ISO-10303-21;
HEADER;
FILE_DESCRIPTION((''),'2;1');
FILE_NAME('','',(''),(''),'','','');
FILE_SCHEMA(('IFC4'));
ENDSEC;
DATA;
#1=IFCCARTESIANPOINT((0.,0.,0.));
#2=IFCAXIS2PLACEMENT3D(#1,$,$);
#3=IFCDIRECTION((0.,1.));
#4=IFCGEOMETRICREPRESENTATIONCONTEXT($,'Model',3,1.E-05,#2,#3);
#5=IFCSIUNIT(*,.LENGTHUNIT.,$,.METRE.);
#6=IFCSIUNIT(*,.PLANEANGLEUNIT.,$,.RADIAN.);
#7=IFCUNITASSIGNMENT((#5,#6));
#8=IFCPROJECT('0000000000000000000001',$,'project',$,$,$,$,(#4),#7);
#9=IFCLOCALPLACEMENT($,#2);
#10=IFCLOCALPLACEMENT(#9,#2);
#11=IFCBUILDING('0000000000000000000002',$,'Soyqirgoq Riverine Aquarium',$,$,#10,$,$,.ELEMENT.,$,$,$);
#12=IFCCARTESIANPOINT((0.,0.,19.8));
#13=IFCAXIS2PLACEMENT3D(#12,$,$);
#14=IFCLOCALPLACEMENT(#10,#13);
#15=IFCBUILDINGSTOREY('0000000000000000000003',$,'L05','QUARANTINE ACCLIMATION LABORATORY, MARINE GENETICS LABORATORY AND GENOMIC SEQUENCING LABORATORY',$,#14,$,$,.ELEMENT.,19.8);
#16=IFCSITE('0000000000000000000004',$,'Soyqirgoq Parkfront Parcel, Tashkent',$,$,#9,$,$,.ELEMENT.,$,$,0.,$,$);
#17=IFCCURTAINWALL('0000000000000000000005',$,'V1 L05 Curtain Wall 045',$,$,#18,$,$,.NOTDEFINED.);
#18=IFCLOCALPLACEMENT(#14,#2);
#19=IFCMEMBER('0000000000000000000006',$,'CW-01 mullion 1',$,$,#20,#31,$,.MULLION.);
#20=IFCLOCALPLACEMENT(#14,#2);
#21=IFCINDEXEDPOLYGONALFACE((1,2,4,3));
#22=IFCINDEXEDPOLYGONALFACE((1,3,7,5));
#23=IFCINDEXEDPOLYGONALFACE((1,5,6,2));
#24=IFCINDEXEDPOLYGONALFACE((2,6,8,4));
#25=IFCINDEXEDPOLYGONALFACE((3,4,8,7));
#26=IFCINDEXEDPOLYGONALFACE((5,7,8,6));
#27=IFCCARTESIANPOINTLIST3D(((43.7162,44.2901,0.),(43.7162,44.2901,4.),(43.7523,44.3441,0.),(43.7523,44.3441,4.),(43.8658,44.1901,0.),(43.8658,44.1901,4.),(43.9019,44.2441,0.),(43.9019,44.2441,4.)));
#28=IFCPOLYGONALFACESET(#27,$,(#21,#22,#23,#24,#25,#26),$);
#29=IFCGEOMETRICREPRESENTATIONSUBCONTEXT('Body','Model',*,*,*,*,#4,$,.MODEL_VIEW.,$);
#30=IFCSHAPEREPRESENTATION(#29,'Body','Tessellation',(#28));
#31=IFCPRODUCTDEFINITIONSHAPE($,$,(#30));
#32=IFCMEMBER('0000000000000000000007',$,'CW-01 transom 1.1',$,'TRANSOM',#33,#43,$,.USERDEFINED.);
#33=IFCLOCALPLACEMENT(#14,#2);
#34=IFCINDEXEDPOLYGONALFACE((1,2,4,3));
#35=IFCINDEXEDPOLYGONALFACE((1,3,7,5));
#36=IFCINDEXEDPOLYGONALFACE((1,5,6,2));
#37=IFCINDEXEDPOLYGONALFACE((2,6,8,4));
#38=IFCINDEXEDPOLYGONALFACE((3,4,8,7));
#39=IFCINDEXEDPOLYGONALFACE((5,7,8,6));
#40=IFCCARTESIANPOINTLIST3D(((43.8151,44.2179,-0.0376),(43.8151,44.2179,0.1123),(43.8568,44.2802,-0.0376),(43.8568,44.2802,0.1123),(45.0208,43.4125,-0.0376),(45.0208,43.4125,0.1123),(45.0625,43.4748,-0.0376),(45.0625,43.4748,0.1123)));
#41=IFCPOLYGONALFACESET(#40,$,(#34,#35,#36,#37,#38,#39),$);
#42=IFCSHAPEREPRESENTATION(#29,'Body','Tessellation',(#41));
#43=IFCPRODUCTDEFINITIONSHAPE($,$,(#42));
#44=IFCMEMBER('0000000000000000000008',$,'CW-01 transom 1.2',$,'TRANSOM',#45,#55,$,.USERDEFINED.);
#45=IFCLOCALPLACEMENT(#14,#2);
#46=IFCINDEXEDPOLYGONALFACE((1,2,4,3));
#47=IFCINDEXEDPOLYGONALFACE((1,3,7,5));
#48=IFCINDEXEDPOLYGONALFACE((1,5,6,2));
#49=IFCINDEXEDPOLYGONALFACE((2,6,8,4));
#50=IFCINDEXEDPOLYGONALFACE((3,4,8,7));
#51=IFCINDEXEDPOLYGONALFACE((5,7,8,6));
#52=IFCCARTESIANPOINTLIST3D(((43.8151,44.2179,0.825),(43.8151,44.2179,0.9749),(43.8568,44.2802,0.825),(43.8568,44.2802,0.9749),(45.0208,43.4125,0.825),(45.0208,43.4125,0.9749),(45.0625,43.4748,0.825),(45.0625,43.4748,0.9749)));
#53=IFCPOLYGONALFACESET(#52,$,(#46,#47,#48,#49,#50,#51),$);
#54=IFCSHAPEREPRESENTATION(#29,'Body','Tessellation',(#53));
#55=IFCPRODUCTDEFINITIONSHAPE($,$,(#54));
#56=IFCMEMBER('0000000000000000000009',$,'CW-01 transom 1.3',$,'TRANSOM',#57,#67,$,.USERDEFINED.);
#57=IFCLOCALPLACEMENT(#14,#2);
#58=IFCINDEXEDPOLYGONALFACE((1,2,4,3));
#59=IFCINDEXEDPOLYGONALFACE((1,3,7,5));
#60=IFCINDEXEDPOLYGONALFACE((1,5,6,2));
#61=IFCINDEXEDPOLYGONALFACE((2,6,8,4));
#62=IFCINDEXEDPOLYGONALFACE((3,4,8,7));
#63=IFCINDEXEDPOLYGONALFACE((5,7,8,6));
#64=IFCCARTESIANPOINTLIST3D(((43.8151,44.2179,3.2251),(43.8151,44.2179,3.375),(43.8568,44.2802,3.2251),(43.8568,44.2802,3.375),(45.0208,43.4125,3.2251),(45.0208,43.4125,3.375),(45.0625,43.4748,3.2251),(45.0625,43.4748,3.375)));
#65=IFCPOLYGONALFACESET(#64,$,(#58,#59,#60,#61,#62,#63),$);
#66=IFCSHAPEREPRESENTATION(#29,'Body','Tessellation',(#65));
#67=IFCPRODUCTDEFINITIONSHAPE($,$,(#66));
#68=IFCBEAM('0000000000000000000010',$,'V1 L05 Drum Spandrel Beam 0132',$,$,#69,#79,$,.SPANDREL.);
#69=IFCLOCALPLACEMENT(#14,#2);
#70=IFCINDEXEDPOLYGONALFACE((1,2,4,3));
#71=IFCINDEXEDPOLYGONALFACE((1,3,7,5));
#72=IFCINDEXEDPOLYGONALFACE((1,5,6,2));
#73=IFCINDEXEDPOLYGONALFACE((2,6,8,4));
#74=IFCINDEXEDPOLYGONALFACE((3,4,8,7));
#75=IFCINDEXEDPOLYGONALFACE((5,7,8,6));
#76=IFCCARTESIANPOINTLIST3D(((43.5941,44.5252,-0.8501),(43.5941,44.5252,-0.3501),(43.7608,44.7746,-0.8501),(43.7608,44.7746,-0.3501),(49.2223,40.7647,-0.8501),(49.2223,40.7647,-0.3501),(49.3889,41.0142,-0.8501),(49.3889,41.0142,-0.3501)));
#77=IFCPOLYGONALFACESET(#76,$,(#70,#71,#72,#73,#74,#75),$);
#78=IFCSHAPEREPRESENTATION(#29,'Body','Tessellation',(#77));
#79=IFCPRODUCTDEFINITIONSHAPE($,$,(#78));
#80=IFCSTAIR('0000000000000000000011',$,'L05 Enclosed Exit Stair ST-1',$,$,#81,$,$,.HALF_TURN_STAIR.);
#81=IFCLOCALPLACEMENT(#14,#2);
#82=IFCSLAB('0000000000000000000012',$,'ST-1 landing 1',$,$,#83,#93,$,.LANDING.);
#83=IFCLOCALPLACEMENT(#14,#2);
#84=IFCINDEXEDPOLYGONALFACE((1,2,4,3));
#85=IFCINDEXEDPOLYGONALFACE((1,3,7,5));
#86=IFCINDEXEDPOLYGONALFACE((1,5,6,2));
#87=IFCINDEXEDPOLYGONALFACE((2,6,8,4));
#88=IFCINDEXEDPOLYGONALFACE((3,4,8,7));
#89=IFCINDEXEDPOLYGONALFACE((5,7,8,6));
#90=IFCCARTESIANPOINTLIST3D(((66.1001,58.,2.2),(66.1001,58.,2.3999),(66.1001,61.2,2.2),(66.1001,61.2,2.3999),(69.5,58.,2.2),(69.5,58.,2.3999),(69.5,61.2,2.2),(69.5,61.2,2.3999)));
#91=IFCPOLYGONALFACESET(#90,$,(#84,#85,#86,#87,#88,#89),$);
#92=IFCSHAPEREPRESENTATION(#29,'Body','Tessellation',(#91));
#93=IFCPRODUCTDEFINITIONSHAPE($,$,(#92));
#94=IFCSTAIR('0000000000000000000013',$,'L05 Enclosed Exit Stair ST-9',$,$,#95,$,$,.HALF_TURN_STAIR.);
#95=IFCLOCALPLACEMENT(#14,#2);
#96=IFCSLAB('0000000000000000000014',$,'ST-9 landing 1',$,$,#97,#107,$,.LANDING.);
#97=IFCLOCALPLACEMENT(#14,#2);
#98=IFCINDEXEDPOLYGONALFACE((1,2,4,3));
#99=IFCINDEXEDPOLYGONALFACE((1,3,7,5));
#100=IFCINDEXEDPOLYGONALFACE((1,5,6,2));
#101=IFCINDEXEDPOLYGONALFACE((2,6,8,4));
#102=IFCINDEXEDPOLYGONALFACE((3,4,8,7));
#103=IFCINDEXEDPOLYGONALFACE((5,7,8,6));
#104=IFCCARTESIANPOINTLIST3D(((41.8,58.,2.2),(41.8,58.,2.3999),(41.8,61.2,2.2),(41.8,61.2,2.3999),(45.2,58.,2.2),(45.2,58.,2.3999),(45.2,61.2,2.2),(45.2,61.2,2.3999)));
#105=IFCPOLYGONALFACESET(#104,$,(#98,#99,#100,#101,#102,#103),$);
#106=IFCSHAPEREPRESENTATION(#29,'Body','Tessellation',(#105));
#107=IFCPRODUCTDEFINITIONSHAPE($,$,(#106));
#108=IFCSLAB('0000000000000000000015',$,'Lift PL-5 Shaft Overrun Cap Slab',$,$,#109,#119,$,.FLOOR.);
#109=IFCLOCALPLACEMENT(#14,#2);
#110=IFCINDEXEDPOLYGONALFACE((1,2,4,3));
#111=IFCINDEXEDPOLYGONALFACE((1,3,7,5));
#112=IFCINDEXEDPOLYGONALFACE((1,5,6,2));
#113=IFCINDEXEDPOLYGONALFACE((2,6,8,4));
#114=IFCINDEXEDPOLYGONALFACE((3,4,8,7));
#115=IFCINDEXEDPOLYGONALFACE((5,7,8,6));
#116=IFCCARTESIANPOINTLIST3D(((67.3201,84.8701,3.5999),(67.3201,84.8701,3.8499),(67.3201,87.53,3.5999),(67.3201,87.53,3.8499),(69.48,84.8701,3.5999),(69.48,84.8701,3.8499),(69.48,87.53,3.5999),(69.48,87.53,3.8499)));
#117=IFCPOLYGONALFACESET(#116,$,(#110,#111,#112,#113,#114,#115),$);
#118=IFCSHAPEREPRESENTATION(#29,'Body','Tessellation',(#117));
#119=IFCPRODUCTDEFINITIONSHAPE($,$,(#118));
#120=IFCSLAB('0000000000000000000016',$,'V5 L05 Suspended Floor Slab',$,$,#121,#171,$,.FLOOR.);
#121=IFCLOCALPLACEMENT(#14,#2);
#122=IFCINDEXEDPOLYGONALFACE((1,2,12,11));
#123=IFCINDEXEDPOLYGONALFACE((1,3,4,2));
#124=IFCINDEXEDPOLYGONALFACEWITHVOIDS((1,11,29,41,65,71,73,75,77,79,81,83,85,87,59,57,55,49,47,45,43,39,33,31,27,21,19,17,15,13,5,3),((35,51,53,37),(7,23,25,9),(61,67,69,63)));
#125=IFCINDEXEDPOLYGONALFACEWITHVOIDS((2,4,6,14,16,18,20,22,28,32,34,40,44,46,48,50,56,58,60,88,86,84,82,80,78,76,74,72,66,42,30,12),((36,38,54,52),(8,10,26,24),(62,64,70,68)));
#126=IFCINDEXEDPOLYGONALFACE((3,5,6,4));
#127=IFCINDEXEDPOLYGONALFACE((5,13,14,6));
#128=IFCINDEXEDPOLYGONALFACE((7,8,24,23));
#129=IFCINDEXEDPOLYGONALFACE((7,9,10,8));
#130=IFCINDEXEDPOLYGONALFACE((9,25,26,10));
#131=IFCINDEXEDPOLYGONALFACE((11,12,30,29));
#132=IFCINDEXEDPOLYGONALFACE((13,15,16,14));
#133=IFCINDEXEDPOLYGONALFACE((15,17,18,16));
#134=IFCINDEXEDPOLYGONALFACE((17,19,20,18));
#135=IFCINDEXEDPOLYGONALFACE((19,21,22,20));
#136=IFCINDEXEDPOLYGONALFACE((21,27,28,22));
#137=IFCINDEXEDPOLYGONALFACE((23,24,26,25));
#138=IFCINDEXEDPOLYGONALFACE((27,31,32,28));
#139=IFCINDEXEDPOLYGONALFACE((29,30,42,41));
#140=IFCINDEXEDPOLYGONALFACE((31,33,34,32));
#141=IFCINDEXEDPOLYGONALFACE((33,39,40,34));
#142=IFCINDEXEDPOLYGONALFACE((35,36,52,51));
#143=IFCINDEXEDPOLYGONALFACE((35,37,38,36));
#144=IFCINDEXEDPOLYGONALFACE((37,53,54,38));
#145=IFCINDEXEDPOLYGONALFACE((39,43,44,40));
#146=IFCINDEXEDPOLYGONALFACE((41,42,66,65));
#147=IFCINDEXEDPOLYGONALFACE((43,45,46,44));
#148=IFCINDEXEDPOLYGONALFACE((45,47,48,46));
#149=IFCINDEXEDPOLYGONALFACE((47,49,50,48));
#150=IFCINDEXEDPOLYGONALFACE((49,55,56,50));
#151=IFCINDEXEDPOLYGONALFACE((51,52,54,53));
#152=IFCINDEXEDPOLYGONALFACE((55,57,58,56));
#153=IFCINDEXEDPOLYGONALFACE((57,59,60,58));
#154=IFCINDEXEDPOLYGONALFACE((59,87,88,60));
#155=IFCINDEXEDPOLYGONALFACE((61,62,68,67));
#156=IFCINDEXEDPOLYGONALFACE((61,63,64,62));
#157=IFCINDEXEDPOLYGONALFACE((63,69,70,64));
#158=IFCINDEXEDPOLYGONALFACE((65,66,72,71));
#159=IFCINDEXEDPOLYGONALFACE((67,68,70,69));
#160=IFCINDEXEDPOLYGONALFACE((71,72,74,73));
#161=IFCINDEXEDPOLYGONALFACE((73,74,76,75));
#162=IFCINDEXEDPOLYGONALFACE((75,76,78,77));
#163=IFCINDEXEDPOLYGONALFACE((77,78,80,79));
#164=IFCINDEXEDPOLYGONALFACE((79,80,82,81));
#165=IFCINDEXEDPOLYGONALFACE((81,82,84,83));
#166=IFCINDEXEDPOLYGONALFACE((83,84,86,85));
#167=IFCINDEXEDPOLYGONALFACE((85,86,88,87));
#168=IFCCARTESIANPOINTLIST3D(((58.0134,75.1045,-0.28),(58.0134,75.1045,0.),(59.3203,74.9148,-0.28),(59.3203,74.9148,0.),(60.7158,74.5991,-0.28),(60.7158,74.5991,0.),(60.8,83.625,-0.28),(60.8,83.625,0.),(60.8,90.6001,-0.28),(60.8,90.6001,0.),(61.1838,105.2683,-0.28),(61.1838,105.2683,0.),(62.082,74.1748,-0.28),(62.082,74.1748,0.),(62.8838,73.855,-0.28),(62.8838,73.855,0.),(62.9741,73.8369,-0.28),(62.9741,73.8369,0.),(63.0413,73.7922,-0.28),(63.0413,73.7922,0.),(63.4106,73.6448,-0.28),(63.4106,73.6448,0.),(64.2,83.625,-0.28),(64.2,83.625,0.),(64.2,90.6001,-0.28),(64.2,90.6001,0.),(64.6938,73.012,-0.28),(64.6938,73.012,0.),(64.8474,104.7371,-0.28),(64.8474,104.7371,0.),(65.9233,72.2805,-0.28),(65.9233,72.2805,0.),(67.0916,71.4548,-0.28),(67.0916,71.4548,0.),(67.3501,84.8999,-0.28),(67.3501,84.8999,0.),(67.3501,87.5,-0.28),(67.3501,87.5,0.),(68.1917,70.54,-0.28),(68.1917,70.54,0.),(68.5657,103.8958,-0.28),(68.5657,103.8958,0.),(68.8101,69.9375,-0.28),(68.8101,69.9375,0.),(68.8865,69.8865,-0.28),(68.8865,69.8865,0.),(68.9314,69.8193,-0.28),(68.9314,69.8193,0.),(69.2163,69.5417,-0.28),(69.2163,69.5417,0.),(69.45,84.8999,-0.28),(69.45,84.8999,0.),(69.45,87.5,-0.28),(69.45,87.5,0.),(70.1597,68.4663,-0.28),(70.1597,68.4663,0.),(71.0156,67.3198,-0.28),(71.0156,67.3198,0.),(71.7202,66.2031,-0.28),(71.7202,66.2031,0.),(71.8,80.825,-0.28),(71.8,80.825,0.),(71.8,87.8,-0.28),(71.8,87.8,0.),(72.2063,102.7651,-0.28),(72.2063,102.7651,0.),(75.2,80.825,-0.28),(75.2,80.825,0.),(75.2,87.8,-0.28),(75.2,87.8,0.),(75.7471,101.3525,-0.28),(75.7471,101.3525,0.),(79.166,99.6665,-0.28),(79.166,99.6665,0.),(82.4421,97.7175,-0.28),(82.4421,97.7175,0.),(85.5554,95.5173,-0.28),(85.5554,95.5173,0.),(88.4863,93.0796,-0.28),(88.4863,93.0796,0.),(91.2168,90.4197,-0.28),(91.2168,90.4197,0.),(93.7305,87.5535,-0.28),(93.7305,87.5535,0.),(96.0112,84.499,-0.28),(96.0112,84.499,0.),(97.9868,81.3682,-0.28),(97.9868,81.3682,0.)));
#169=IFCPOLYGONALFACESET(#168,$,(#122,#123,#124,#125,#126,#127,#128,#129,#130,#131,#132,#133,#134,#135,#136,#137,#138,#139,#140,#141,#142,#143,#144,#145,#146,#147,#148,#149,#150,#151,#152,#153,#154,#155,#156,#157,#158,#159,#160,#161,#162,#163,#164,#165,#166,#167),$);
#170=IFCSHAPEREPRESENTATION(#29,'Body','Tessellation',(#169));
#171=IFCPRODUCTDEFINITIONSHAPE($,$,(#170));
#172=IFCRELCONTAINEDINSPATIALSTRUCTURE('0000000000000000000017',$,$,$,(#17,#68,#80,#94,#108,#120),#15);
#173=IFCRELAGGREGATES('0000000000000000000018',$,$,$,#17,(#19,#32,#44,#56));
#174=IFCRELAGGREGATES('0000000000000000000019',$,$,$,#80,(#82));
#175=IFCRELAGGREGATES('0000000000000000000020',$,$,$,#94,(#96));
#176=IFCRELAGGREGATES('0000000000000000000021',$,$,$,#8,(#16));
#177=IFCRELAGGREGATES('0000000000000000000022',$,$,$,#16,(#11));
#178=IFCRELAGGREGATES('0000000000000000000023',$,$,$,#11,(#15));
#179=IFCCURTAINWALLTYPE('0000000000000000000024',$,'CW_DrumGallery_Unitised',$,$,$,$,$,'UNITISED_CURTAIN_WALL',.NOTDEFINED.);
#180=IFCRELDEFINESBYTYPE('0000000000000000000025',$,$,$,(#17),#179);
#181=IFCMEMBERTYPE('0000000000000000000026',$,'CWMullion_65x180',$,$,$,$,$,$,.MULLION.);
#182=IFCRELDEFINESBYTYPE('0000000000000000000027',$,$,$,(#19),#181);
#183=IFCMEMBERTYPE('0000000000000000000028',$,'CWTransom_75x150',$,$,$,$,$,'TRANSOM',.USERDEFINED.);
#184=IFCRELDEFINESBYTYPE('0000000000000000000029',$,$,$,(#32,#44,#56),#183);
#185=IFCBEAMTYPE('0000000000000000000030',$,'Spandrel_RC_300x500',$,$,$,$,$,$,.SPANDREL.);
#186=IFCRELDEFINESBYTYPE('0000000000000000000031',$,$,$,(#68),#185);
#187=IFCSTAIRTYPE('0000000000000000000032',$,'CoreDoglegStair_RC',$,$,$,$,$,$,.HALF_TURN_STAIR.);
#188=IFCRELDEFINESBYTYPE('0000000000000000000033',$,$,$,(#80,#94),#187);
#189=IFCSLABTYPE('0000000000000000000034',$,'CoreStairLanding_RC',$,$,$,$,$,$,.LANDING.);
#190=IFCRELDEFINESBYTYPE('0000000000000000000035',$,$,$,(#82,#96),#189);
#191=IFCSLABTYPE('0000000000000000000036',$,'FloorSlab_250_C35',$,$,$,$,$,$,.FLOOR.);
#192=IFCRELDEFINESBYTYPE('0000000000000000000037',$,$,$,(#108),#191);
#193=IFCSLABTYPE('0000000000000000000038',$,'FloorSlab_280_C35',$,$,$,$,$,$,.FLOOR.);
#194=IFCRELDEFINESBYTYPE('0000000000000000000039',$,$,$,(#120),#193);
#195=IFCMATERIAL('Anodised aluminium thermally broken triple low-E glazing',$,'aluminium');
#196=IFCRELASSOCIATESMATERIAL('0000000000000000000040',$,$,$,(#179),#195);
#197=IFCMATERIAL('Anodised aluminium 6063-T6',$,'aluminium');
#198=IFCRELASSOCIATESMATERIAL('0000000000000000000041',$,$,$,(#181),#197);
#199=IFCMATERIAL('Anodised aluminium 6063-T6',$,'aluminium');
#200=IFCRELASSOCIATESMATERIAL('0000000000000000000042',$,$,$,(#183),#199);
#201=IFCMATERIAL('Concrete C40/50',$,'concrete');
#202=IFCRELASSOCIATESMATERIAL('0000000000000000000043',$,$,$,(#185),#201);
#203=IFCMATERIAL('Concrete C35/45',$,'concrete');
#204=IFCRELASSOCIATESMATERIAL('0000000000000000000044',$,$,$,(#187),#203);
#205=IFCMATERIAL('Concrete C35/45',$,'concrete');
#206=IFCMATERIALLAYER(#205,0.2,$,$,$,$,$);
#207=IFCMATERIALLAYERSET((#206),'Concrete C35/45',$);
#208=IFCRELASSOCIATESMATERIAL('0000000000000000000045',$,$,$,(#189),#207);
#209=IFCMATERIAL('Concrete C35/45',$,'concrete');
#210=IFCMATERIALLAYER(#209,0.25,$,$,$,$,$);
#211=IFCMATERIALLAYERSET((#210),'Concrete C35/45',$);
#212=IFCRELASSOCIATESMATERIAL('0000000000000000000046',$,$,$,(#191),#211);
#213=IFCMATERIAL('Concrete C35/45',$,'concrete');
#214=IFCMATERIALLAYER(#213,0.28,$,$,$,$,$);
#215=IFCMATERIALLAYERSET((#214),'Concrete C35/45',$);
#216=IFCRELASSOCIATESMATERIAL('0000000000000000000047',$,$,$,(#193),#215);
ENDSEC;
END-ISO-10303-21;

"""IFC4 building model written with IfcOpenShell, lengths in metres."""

from ifc_helpers import new_model, si_unit, direction, frame, origin, origin_2d, place, context, subcontext, project, spatial, polyline, rectangle, outline, extrude, material, layer, layer_set, material_profile, profile_set, type_object, element, aggregate, save


model = new_model("IFC4")

# Units and contexts
model_context = context("Model", 3, precision=1e-05, world=origin(), true_north=direction((0.0, 1.0)))
body_context = subcontext(model_context, "Body", "Model", "MODEL_VIEW")
ifc_project = project(units=[si_unit("LENGTHUNIT", "METRE"), si_unit("PLANEANGLEUNIT", "RADIAN")], contexts=[model_context])

# Site, building, storey
site_placement = place(None, origin())
site = spatial("IfcSite", under=ifc_project, at=site_placement, Name="Soyqirgoq Parkfront Parcel, Tashkent", CompositionType="ELEMENT", RefElevation=0.0)
building_placement = place(site_placement, origin())
building = spatial("IfcBuilding", under=site, at=building_placement, Name="Soyqirgoq Riverine Aquarium", CompositionType="ELEMENT")
storey_placement = place(building_placement, frame((0.0, 0.0, 19.8)))
storey = spatial("IfcBuildingStorey", under=building, at=storey_placement, Name="L05", Description="QUARANTINE ACCLIMATION LABORATORY, MARINE GENETICS LABORATORY AND GENOMIC SEQUENCING LABORATORY", CompositionType="ELEMENT", Elevation=19.8)

# Curtain wall, members
ifc_material_1 = material(Name="Anodised aluminium thermally broken triple low-E glazing", Category="aluminium")
curtain_wall_type = type_object("IfcCurtainWallType", Name="CW_DrumGallery_Unitised", ElementType="UNITISED_CURTAIN_WALL", PredefinedType="NOTDEFINED", material=ifc_material_1)
curtain_wall_placement = place(storey_placement, origin())
curtain_wall = element("IfcCurtainWall", 1, at=curtain_wall_placement, inside=storey, type_object=curtain_wall_type, Name="V1 L05 Curtain Wall 045", PredefinedType="NOTDEFINED")
ifc_material_2 = material(Name="Anodised aluminium 6063-T6", Category="aluminium")
ifc_material_profile_1 = material_profile(ifc_material_2, rectangle(XDim=0.0649, YDim=0.1799, at=origin_2d()), Name="ALU-M 65x180")
ifc_profile_set_1 = profile_set([ifc_material_profile_1], Name="Anodised aluminium 6063-T6")
member_type_1 = type_object("IfcMemberType", Name="CWMullion_65x180", PredefinedType="MULLION", material=ifc_profile_set_1)
member_1_placement = place(storey_placement, frame((43.8091, 44.2671, 0.0), z_axis=(0.0, 0.0, 1.0), x_axis=(0.555561, 0.831476, 0.0)))
member_1 = element("IfcMember", 2, at=member_1_placement, type_object=member_type_1, Name="CW-01 mullion 1", PredefinedType="MULLION", context=body_context, shape_type="SweptSolid", body=[
    extrude(rectangle(XDim=0.0649, YDim=0.1799, at=origin_2d()), origin(), (0.0, 0.0, 1.0), 4.0),
])
ifc_material_3 = material(Name="Anodised aluminium 6063-T6", Category="aluminium")
ifc_material_profile_2 = material_profile(ifc_material_3, rectangle(XDim=0.075, YDim=0.1499, at=origin_2d()), Name="ALU-T 75x150")
ifc_profile_set_2 = profile_set([ifc_material_profile_2], Name="Anodised aluminium 6063-T6")
member_type_2 = type_object("IfcMemberType", Name="CWTransom_75x150", ElementType="TRANSOM", PredefinedType="USERDEFINED", material=ifc_profile_set_2)
member_2_placement = place(storey_placement, frame((43.8359, 44.249, 0.0374), z_axis=(0.831558, -0.555438, 0.0), x_axis=(0.555438, 0.831558, 0.0)))
member_2 = element("IfcMember", 3, at=member_2_placement, type_object=member_type_2, Name="CW-01 transom 1.1", ObjectType="TRANSOM", PredefinedType="USERDEFINED", context=body_context, shape_type="SweptSolid", body=[
    extrude(rectangle(XDim=0.075, YDim=0.1499, at=origin_2d()), origin(), (0.0, 0.0, 1.0), 1.45),
])
member_3_placement = place(storey_placement, frame((43.8359, 44.249, 0.8999), z_axis=(0.831558, -0.555438, 0.0), x_axis=(0.555438, 0.831558, 0.0)))
member_3 = element("IfcMember", 4, at=member_3_placement, type_object=member_type_2, Name="CW-01 transom 1.2", ObjectType="TRANSOM", PredefinedType="USERDEFINED", context=body_context, shape_type="SweptSolid", body=[
    extrude(rectangle(XDim=0.075, YDim=0.1499, at=origin_2d()), origin(), (0.0, 0.0, 1.0), 1.45),
])
member_4_placement = place(storey_placement, frame((43.8359, 44.249, 3.3), z_axis=(0.831558, -0.555438, 0.0), x_axis=(0.555438, 0.831558, 0.0)))
member_4 = element("IfcMember", 5, at=member_4_placement, type_object=member_type_2, Name="CW-01 transom 1.3", ObjectType="TRANSOM", PredefinedType="USERDEFINED", context=body_context, shape_type="SweptSolid", body=[
    extrude(rectangle(XDim=0.075, YDim=0.1499, at=origin_2d()), origin(), (0.0, 0.0, 1.0), 1.45),
])
aggregate(curtain_wall, [member_1, member_2, member_3, member_4])

# Beam
ifc_material_4 = material(Name="Concrete C40/50", Category="concrete")
ifc_material_profile_3 = material_profile(ifc_material_4, rectangle(XDim=0.3, YDim=0.5, at=origin_2d()), Name="RC 300x500")
ifc_profile_set_3 = profile_set([ifc_material_profile_3], Name="Concrete C40/50")
beam_type = type_object("IfcBeamType", Name="Spandrel_RC_300x500", PredefinedType="SPANDREL", material=ifc_profile_set_3)
beam_placement = place(storey_placement, frame((43.6775, 44.6499, -0.6001), z_axis=(0.831478, -0.555557, 0.0), x_axis=(0.555557, 0.831478, 0.0)))
element("IfcBeam", 6, at=beam_placement, inside=storey, type_object=beam_type, Name="V1 L05 Drum Spandrel Beam 0132", PredefinedType="SPANDREL", context=body_context, shape_type="SweptSolid", body=[
    extrude(rectangle(XDim=0.3, YDim=0.5, at=origin_2d()), origin(), (0.0, 0.0, 1.0), 6.7688),
])

# Stairs, slabs
ifc_material_5 = material(Name="Concrete C35/45", Category="concrete")
stair_type = type_object("IfcStairType", Name="CoreDoglegStair_RC", PredefinedType="HALF_TURN_STAIR", material=ifc_material_5)
stair_1_placement = place(storey_placement, origin())
stair_1 = element("IfcStair", 7, at=stair_1_placement, inside=storey, type_object=stair_type, Name="L05 Enclosed Exit Stair ST-1", PredefinedType="HALF_TURN_STAIR")
ifc_material_6 = material(Name="Concrete C35/45", Category="concrete")
ifc_layer_1 = layer(ifc_material_6, 0.2)
ifc_layer_set_1 = layer_set([ifc_layer_1], Name="Concrete C35/45")
slab_type_1 = type_object("IfcSlabType", Name="CoreStairLanding_RC", PredefinedType="LANDING", material=ifc_layer_set_1)
slab_1_placement = place(storey_placement, frame((0.0, 0.0, 2.2)))
slab_1 = element("IfcSlab", 8, at=slab_1_placement, type_object=slab_type_1, Name="ST-1 landing 1", PredefinedType="LANDING", context=body_context, shape_type="SweptSolid", body=[
    extrude(outline(polyline([(69.5, 58.0), (69.5, 61.2), (66.1001, 61.2), (66.1001, 58.0), (69.5, 58.0)])), origin(), (0.0, 0.0, 1.0), 0.2),
])
aggregate(stair_1, [slab_1])
stair_2_placement = place(storey_placement, origin())
stair_2 = element("IfcStair", 9, at=stair_2_placement, inside=storey, type_object=stair_type, Name="L05 Enclosed Exit Stair ST-9", PredefinedType="HALF_TURN_STAIR")
slab_2_placement = place(storey_placement, frame((0.0, 0.0, 2.2)))
slab_2 = element("IfcSlab", 10, at=slab_2_placement, type_object=slab_type_1, Name="ST-9 landing 1", PredefinedType="LANDING", context=body_context, shape_type="SweptSolid", body=[
    extrude(outline(polyline([(45.2, 58.0), (45.2, 61.2), (41.8, 61.2), (41.8, 58.0), (45.2, 58.0)])), origin(), (0.0, 0.0, 1.0), 0.2),
])
aggregate(stair_2, [slab_2])

# Slabs
ifc_material_7 = material(Name="Concrete C35/45", Category="concrete")
ifc_layer_2 = layer(ifc_material_7, 0.25)
ifc_layer_set_2 = layer_set([ifc_layer_2], Name="Concrete C35/45")
slab_type_2 = type_object("IfcSlabType", Name="FloorSlab_250_C35", PredefinedType="FLOOR", material=ifc_layer_set_2)
slab_3_placement = place(storey_placement, frame((0.0, 0.0, 3.5999)))
element("IfcSlab", 11, at=slab_3_placement, inside=storey, type_object=slab_type_2, Name="Lift PL-5 Shaft Overrun Cap Slab", PredefinedType="FLOOR", context=body_context, shape_type="SweptSolid", body=[
    extrude(outline(polyline([(67.3201, 84.8701), (69.48, 84.8701), (69.48, 87.53), (67.3201, 87.53), (67.3201, 84.8701)])), origin(), (0.0, 0.0, 1.0), 0.25),
])
ifc_material_8 = material(Name="Concrete C35/45", Category="concrete")
ifc_layer_3 = layer(ifc_material_8, 0.28)
ifc_layer_set_3 = layer_set([ifc_layer_3], Name="Concrete C35/45")
slab_type_3 = type_object("IfcSlabType", Name="FloorSlab_280_C35", PredefinedType="FLOOR", material=ifc_layer_set_3)
slab_4_placement = place(storey_placement, frame((0.0, 0.0, -0.28)))
element("IfcSlab", 12, at=slab_4_placement, inside=storey, type_object=slab_type_3, Name="V5 L05 Suspended Floor Slab", PredefinedType="FLOOR", context=body_context, shape_type="SweptSolid", body=[
    extrude(outline(polyline([(70.1597, 68.4663), (71.0156, 67.3198), (71.7202, 66.2031), (97.9868, 81.3682), (96.0112, 84.499), (93.7305, 87.5535), (91.2168, 90.4197), (88.4863, 93.0796), (85.5554, 95.5173), (82.4421, 97.7175), (79.166, 99.6665), (75.7471, 101.3525), (72.2063, 102.7651), (68.5657, 103.8958), (64.8474, 104.7371), (61.1838, 105.2683), (58.0134, 75.1045), (59.3203, 74.9148), (60.7158, 74.5991), (62.082, 74.1748), (62.8838, 73.855), (62.9741, 73.8369), (63.0413, 73.7922), (63.4106, 73.6448), (64.6938, 73.012), (65.9233, 72.2805), (67.0916, 71.4548), (68.1917, 70.54), (68.8101, 69.9375), (68.8865, 69.8865), (68.9314, 69.8193), (69.2163, 69.5417), (70.1597, 68.4663)]), holes=[polyline([(64.2, 83.625), (64.2, 90.6001), (60.8, 90.6001), (60.8, 83.625), (64.2, 83.625)]), polyline([(67.3501, 84.8999), (69.45, 84.8999), (69.45, 87.5), (67.3501, 87.5), (67.3501, 84.8999)]), polyline([(75.2, 80.825), (75.2, 87.8), (71.8, 87.8), (71.8, 80.825), (75.2, 80.825)])]), origin(), (0.0, 0.0, 1.0), 0.28),
])

save(model, "model.ifc")
